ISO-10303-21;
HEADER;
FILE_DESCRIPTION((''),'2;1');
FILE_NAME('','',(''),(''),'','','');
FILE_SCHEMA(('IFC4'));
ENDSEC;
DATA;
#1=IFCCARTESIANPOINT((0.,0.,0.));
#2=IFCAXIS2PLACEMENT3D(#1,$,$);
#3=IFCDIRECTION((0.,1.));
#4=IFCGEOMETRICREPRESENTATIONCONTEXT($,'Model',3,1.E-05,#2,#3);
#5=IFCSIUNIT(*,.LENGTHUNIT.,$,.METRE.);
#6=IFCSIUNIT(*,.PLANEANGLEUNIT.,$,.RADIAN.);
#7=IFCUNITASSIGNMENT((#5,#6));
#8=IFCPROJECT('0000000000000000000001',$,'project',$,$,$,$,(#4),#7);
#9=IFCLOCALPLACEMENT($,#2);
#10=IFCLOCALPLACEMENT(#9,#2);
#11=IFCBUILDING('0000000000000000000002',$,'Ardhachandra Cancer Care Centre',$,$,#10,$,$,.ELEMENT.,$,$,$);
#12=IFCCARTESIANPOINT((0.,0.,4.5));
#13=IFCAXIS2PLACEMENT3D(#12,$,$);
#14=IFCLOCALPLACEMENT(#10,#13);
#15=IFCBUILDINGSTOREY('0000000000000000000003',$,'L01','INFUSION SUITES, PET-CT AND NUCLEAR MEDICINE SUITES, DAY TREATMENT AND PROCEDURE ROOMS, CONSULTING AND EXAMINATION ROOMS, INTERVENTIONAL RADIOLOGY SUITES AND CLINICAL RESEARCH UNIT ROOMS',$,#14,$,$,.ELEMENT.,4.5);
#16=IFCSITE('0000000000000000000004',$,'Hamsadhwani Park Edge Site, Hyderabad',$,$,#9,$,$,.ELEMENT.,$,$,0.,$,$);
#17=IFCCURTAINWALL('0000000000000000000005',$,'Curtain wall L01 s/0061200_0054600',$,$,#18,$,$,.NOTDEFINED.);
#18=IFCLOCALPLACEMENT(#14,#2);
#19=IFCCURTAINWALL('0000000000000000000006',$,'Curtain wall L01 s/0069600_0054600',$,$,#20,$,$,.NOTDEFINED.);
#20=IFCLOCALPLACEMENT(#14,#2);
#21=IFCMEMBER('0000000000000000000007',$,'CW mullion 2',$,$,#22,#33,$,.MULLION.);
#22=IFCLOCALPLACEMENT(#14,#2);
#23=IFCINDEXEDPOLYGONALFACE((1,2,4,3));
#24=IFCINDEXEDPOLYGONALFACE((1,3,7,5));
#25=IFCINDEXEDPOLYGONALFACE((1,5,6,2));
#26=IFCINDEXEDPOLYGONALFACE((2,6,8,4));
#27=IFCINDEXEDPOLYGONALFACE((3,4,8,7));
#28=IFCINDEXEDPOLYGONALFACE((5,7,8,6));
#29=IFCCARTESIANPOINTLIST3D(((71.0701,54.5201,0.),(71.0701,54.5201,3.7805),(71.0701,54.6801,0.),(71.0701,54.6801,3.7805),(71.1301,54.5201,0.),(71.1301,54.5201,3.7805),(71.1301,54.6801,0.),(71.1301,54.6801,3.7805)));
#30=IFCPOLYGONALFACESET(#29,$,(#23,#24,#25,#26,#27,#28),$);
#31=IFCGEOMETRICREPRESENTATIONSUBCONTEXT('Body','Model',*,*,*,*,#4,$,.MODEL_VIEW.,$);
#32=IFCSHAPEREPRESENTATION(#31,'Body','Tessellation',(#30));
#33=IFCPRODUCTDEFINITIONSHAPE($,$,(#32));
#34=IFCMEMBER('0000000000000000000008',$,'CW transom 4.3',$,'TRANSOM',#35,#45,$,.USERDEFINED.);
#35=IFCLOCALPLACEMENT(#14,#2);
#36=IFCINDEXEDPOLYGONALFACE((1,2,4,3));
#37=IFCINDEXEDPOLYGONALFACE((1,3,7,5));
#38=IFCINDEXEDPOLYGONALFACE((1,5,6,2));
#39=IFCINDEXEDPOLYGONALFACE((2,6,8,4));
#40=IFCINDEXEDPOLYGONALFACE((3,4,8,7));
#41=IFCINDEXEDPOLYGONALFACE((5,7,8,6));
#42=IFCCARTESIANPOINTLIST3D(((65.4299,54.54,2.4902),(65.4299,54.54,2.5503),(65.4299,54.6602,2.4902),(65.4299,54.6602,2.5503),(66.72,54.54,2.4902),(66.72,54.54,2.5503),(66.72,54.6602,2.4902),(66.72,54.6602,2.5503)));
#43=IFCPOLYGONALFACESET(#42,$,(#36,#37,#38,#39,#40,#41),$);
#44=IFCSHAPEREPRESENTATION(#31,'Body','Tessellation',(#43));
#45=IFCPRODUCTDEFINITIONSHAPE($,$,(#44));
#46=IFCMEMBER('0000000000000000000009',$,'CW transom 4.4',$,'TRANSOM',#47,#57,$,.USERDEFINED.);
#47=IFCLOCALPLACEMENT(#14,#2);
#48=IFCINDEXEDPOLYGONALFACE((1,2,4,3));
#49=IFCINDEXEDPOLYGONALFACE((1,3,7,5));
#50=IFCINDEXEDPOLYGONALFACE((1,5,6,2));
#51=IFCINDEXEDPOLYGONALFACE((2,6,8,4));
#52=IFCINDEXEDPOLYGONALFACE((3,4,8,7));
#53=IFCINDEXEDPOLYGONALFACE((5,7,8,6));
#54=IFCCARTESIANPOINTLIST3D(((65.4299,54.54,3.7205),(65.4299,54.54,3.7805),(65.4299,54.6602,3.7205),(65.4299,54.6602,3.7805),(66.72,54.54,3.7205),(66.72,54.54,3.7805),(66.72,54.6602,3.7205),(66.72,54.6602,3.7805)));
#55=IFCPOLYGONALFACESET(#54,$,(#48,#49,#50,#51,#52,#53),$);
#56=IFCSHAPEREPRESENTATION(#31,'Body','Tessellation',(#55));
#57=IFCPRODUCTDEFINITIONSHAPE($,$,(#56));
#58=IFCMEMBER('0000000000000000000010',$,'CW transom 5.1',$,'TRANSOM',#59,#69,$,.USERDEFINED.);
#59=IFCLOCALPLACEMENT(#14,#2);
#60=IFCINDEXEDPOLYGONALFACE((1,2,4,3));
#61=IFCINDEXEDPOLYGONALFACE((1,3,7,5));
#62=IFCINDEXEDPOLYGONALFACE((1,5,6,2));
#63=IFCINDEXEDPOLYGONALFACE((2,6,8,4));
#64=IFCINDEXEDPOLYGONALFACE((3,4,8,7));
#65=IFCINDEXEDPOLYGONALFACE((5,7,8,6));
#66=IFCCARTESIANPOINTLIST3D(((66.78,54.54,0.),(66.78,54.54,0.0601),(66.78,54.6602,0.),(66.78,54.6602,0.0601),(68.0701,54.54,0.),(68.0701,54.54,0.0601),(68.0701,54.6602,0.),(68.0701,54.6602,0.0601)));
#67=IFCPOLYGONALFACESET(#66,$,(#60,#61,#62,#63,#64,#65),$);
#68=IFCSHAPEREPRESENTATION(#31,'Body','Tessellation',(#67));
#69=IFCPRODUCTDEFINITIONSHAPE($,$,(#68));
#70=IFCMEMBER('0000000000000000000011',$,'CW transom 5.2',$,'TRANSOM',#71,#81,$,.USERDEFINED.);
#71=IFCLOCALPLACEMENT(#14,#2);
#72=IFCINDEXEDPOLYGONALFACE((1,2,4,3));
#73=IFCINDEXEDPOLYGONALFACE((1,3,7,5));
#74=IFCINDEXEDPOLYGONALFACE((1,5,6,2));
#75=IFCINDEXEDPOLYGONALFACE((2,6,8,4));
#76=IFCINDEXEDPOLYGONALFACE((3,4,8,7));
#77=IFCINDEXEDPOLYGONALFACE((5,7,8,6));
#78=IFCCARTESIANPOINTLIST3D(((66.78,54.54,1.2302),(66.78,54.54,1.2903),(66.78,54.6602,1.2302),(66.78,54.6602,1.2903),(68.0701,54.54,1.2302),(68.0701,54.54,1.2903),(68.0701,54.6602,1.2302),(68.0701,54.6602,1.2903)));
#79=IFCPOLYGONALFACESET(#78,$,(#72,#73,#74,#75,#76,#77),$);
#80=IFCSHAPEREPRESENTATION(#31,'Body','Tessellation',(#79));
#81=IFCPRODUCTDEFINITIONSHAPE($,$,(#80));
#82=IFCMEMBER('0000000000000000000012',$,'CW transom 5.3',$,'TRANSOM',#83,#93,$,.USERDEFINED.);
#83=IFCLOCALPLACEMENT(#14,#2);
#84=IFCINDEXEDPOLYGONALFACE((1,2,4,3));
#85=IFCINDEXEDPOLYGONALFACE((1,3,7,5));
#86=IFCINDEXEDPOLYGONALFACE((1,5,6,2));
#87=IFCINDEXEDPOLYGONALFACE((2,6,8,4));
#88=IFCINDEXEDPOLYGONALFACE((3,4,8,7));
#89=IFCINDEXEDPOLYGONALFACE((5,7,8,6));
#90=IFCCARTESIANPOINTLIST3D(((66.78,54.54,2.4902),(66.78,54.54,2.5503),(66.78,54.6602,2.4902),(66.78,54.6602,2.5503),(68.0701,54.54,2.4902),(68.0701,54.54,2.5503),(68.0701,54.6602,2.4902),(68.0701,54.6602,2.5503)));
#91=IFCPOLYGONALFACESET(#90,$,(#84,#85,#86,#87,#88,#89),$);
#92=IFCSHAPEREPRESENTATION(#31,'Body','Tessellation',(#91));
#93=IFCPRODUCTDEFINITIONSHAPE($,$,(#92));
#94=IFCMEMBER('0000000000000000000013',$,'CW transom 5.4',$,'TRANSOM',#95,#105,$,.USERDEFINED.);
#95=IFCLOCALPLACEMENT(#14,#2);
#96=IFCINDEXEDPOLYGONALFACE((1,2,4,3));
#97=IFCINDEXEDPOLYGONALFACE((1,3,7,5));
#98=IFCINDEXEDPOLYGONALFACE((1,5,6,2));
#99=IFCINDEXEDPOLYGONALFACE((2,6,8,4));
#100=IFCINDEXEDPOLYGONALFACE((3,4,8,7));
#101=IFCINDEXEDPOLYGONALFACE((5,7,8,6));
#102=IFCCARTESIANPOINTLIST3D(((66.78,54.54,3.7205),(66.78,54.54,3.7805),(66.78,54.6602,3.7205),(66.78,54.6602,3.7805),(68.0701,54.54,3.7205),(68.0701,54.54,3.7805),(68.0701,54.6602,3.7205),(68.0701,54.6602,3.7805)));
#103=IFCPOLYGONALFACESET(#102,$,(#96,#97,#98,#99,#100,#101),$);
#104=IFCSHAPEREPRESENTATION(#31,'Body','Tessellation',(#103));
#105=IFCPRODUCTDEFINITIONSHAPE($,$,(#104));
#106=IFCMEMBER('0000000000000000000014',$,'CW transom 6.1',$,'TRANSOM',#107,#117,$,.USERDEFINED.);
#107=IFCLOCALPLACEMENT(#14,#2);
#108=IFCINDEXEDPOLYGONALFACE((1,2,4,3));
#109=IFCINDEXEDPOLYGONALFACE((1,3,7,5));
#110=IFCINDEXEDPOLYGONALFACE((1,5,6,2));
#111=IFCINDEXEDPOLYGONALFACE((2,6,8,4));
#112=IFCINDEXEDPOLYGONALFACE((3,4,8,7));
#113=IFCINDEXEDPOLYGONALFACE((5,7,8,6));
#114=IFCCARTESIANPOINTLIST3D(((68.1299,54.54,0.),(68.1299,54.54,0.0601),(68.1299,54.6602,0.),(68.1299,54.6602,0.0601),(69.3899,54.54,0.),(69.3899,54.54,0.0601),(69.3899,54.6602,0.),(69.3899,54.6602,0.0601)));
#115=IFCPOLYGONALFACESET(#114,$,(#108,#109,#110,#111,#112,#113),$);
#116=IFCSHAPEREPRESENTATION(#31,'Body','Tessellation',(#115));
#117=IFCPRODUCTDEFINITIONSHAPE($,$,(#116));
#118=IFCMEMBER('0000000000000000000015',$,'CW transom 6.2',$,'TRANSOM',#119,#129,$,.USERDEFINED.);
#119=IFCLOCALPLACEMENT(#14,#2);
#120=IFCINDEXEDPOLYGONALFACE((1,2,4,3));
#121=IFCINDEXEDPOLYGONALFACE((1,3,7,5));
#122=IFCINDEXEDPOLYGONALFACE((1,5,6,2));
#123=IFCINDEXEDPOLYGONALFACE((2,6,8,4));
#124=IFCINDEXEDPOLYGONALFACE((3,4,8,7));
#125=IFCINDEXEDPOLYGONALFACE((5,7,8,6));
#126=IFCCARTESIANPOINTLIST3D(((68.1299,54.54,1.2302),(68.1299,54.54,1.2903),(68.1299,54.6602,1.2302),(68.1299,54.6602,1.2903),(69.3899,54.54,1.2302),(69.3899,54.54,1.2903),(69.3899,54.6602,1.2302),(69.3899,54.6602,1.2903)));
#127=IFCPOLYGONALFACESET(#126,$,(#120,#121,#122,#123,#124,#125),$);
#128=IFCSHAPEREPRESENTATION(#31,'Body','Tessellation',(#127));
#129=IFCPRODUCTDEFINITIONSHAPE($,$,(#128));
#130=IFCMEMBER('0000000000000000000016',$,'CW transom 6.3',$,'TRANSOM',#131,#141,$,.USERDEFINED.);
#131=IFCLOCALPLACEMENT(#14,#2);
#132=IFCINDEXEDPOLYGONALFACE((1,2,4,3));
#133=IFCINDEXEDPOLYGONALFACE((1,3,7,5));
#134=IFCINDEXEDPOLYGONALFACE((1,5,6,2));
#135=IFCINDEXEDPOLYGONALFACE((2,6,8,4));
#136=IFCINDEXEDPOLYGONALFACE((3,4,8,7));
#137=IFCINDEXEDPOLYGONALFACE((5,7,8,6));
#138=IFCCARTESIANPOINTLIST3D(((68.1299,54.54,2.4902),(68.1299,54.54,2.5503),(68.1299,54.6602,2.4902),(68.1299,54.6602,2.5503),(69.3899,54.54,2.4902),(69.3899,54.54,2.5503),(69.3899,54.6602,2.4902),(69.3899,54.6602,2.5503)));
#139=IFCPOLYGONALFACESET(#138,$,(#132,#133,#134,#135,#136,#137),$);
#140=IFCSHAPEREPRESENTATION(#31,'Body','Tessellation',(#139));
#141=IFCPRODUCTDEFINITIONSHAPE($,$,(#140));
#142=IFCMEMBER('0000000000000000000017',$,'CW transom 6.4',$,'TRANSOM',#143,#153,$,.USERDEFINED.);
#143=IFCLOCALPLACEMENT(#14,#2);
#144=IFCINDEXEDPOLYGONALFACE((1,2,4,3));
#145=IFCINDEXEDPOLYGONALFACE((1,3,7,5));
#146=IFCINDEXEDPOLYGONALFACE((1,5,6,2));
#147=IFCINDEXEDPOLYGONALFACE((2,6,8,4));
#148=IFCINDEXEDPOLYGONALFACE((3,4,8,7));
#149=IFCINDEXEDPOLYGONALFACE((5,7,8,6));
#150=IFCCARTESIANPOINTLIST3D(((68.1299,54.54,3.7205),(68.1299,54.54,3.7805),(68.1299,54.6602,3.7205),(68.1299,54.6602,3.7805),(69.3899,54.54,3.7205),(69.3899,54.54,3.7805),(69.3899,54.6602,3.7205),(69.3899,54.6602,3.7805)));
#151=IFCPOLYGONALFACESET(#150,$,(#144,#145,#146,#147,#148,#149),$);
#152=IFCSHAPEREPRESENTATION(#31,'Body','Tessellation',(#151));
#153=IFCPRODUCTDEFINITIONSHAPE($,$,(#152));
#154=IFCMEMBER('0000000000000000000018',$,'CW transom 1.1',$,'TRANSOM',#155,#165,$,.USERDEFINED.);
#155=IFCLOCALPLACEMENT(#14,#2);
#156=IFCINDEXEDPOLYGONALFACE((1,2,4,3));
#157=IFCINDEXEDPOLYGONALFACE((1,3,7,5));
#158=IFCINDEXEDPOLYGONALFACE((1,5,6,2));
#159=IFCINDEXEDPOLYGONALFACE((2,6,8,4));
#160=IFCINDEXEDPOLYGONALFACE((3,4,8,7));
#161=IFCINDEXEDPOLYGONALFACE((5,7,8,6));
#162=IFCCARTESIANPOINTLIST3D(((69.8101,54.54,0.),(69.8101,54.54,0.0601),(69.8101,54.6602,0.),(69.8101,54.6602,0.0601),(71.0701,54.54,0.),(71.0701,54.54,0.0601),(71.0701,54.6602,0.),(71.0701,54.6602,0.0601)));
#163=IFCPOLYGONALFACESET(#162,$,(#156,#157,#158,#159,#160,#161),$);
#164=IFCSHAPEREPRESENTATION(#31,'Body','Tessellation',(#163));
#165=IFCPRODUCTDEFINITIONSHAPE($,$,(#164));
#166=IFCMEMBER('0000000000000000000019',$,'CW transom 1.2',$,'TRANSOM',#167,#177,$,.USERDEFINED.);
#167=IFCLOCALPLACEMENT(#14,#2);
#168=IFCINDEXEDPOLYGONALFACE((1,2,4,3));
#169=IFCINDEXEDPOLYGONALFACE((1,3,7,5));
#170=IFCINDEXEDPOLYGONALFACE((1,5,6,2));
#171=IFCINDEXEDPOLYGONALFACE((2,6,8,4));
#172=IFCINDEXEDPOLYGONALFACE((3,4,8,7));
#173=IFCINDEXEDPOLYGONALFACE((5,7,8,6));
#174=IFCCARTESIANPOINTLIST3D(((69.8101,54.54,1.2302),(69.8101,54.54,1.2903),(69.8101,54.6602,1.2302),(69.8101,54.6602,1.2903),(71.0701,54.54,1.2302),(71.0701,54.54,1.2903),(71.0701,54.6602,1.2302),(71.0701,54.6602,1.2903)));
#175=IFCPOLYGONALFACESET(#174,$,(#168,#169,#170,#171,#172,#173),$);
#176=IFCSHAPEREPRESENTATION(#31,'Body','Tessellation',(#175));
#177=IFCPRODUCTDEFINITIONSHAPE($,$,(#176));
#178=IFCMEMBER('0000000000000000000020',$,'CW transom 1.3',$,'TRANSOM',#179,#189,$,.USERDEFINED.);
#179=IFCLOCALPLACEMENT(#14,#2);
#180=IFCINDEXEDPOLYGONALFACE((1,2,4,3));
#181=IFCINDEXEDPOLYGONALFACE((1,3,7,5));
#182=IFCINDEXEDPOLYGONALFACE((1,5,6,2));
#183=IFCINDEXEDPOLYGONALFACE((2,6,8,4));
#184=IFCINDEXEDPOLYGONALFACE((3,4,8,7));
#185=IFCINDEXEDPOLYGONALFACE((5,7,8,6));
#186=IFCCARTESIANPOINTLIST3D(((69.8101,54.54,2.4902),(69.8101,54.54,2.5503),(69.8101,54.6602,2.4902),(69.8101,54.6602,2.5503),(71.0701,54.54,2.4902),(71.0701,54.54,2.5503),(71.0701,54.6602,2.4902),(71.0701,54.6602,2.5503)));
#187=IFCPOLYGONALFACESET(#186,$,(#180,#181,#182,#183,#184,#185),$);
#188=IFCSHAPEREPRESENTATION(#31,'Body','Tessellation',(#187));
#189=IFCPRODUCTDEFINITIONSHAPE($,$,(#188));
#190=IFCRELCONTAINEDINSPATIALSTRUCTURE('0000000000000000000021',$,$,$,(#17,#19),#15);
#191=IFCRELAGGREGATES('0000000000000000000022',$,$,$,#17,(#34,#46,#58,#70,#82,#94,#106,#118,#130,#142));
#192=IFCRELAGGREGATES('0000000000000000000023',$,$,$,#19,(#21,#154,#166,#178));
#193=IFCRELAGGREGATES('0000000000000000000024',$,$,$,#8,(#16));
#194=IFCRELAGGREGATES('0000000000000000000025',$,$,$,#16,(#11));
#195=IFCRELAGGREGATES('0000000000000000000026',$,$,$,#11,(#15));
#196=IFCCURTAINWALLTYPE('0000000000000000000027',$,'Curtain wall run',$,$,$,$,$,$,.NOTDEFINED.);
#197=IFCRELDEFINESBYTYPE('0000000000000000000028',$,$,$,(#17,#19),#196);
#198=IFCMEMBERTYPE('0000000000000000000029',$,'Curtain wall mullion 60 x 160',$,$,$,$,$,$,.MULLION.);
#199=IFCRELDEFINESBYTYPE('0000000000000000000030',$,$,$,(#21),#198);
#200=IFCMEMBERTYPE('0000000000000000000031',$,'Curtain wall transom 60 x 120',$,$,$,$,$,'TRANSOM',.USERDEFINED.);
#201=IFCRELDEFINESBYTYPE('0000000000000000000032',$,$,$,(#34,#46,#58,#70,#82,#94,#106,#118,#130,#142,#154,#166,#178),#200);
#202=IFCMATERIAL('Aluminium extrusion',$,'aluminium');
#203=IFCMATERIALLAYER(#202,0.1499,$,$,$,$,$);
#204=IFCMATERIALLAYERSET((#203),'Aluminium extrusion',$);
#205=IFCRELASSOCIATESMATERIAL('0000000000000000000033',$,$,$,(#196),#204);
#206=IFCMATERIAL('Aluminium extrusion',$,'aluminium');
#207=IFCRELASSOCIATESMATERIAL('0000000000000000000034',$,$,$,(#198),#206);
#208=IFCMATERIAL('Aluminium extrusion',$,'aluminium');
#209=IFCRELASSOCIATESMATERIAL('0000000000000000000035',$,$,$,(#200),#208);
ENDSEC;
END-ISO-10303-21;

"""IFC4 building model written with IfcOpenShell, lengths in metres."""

from ifc_helpers import new_model, si_unit, direction, frame, origin, origin_2d, place, context, subcontext, project, spatial, rectangle, extrude, material, layer, layer_set, material_profile, profile_set, type_object, element, aggregate, save


model = new_model("IFC4")

# Units and contexts
model_context = context("Model", 3, precision=1e-05, world=origin(), true_north=direction((0.0, 1.0)))
body_context = subcontext(model_context, "Body", "Model", "MODEL_VIEW")
ifc_project = project(units=[si_unit("LENGTHUNIT", "METRE"), si_unit("PLANEANGLEUNIT", "RADIAN")], contexts=[model_context])

# Site, building, storey
site_placement = place(None, origin())
site = spatial("IfcSite", under=ifc_project, at=site_placement, Name="Hamsadhwani Park Edge Site, Hyderabad", CompositionType="ELEMENT", RefElevation=0.0)
building_placement = place(site_placement, origin())
building = spatial("IfcBuilding", under=site, at=building_placement, Name="Ardhachandra Cancer Care Centre", CompositionType="ELEMENT")
storey_placement = place(building_placement, frame((0.0, 0.0, 4.5)))
storey = spatial("IfcBuildingStorey", under=building, at=storey_placement, Name="L01", Description="INFUSION SUITES, PET-CT AND NUCLEAR MEDICINE SUITES, DAY TREATMENT AND PROCEDURE ROOMS, CONSULTING AND EXAMINATION ROOMS, INTERVENTIONAL RADIOLOGY SUITES AND CLINICAL RESEARCH UNIT ROOMS", CompositionType="ELEMENT", Elevation=4.5)

# Curtain walls, member
ifc_material_1 = material(Name="Aluminium extrusion", Category="aluminium")
ifc_layer_1 = layer(ifc_material_1, 0.1499)
ifc_layer_set_1 = layer_set([ifc_layer_1], Name="Aluminium extrusion")
curtain_wall_type = type_object("IfcCurtainWallType", Name="Curtain wall run", PredefinedType="NOTDEFINED", material=ifc_layer_set_1)
curtain_wall_1_placement = place(storey_placement, origin())
curtain_wall_1 = element("IfcCurtainWall", 1, at=curtain_wall_1_placement, inside=storey, type_object=curtain_wall_type, Name="Curtain wall L01 s/0061200_0054600", PredefinedType="NOTDEFINED")
ifc_material_2 = material(Name="Aluminium extrusion", Category="aluminium")
ifc_material_profile_1 = material_profile(ifc_material_2, rectangle(XDim=0.1599, YDim=0.0601, at=origin_2d()), Name="Curtain wall mullion 60 x 160")
ifc_profile_set_1 = profile_set([ifc_material_profile_1], Name="Aluminium extrusion")
member_type_1 = type_object("IfcMemberType", Name="Curtain wall mullion 60 x 160", PredefinedType="MULLION", material=ifc_profile_set_1)
curtain_wall_2_placement = place(storey_placement, origin())
curtain_wall_2 = element("IfcCurtainWall", 2, at=curtain_wall_2_placement, inside=storey, type_object=curtain_wall_type, Name="Curtain wall L01 s/0069600_0054600", PredefinedType="NOTDEFINED")
member_1_placement = place(storey_placement, frame((71.1001, 54.6001, 0.0), z_axis=(0.0, 0.0, 1.0), x_axis=(0.0, 1.0, 0.0)))
member_1 = element("IfcMember", 3, at=member_1_placement, type_object=member_type_1, Name="CW mullion 2", PredefinedType="MULLION", context=body_context, shape_type="SweptSolid", body=[
    extrude(rectangle(XDim=0.1599, YDim=0.0601, at=origin_2d()), origin(), (0.0, 0.0, 1.0), 3.7805),
])

# Members
ifc_material_3 = material(Name="Aluminium extrusion", Category="aluminium")
ifc_material_profile_2 = material_profile(ifc_material_3, rectangle(XDim=0.1201, YDim=0.0601, at=origin_2d()), Name="Curtain wall transom 60 x 120")
ifc_profile_set_2 = profile_set([ifc_material_profile_2], Name="Aluminium extrusion")
member_type_2 = type_object("IfcMemberType", Name="Curtain wall transom 60 x 120", ElementType="TRANSOM", PredefinedType="USERDEFINED", material=ifc_profile_set_2)
member_2_placement = place(storey_placement, frame((65.4299, 54.6001, 2.5203), z_axis=(1.0, 0.0, 0.0), x_axis=(0.0, 1.0, 0.0)))
member_2 = element("IfcMember", 4, at=member_2_placement, type_object=member_type_2, Name="CW transom 4.3", ObjectType="TRANSOM", PredefinedType="USERDEFINED", context=body_context, shape_type="SweptSolid", body=[
    extrude(rectangle(XDim=0.1201, YDim=0.0601, at=origin_2d()), origin(), (0.0, 0.0, 1.0), 1.29),
])
member_3_placement = place(storey_placement, frame((65.4299, 54.6001, 3.7505), z_axis=(1.0, 0.0, 0.0), x_axis=(0.0, 1.0, 0.0)))
member_3 = element("IfcMember", 5, at=member_3_placement, type_object=member_type_2, Name="CW transom 4.4", ObjectType="TRANSOM", PredefinedType="USERDEFINED", context=body_context, shape_type="SweptSolid", body=[
    extrude(rectangle(XDim=0.1201, YDim=0.0601, at=origin_2d()), origin(), (0.0, 0.0, 1.0), 1.29),
])
member_4_placement = place(storey_placement, frame((66.78, 54.6001, 0.03), z_axis=(1.0, 0.0, 0.0), x_axis=(0.0, 1.0, 0.0)))
member_4 = element("IfcMember", 6, at=member_4_placement, type_object=member_type_2, Name="CW transom 5.1", ObjectType="TRANSOM", PredefinedType="USERDEFINED", context=body_context, shape_type="SweptSolid", body=[
    extrude(rectangle(XDim=0.1201, YDim=0.0601, at=origin_2d()), origin(), (0.0, 0.0, 1.0), 1.29),
])
member_5_placement = place(storey_placement, frame((66.78, 54.6001, 1.2603), z_axis=(1.0, 0.0, 0.0), x_axis=(0.0, 1.0, 0.0)))
member_5 = element("IfcMember", 7, at=member_5_placement, type_object=member_type_2, Name="CW transom 5.2", ObjectType="TRANSOM", PredefinedType="USERDEFINED", context=body_context, shape_type="SweptSolid", body=[
    extrude(rectangle(XDim=0.1201, YDim=0.0601, at=origin_2d()), origin(), (0.0, 0.0, 1.0), 1.29),
])
member_6_placement = place(storey_placement, frame((66.78, 54.6001, 2.5203), z_axis=(1.0, 0.0, 0.0), x_axis=(0.0, 1.0, 0.0)))
member_6 = element("IfcMember", 8, at=member_6_placement, type_object=member_type_2, Name="CW transom 5.3", ObjectType="TRANSOM", PredefinedType="USERDEFINED", context=body_context, shape_type="SweptSolid", body=[
    extrude(rectangle(XDim=0.1201, YDim=0.0601, at=origin_2d()), origin(), (0.0, 0.0, 1.0), 1.29),
])
member_7_placement = place(storey_placement, frame((66.78, 54.6001, 3.7505), z_axis=(1.0, 0.0, 0.0), x_axis=(0.0, 1.0, 0.0)))
member_7 = element("IfcMember", 9, at=member_7_placement, type_object=member_type_2, Name="CW transom 5.4", ObjectType="TRANSOM", PredefinedType="USERDEFINED", context=body_context, shape_type="SweptSolid", body=[
    extrude(rectangle(XDim=0.1201, YDim=0.0601, at=origin_2d()), origin(), (0.0, 0.0, 1.0), 1.29),
])
member_8_placement = place(storey_placement, frame((68.1299, 54.6001, 0.03), z_axis=(1.0, 0.0, 0.0), x_axis=(0.0, 1.0, 0.0)))
member_8 = element("IfcMember", 10, at=member_8_placement, type_object=member_type_2, Name="CW transom 6.1", ObjectType="TRANSOM", PredefinedType="USERDEFINED", context=body_context, shape_type="SweptSolid", body=[
    extrude(rectangle(XDim=0.1201, YDim=0.0601, at=origin_2d()), origin(), (0.0, 0.0, 1.0), 1.26),
])
member_9_placement = place(storey_placement, frame((68.1299, 54.6001, 1.2603), z_axis=(1.0, 0.0, 0.0), x_axis=(0.0, 1.0, 0.0)))
member_9 = element("IfcMember", 11, at=member_9_placement, type_object=member_type_2, Name="CW transom 6.2", ObjectType="TRANSOM", PredefinedType="USERDEFINED", context=body_context, shape_type="SweptSolid", body=[
    extrude(rectangle(XDim=0.1201, YDim=0.0601, at=origin_2d()), origin(), (0.0, 0.0, 1.0), 1.26),
])
member_10_placement = place(storey_placement, frame((68.1299, 54.6001, 2.5203), z_axis=(1.0, 0.0, 0.0), x_axis=(0.0, 1.0, 0.0)))
member_10 = element("IfcMember", 12, at=member_10_placement, type_object=member_type_2, Name="CW transom 6.3", ObjectType="TRANSOM", PredefinedType="USERDEFINED", context=body_context, shape_type="SweptSolid", body=[
    extrude(rectangle(XDim=0.1201, YDim=0.0601, at=origin_2d()), origin(), (0.0, 0.0, 1.0), 1.26),
])
member_11_placement = place(storey_placement, frame((68.1299, 54.6001, 3.7505), z_axis=(1.0, 0.0, 0.0), x_axis=(0.0, 1.0, 0.0)))
member_11 = element("IfcMember", 13, at=member_11_placement, type_object=member_type_2, Name="CW transom 6.4", ObjectType="TRANSOM", PredefinedType="USERDEFINED", context=body_context, shape_type="SweptSolid", body=[
    extrude(rectangle(XDim=0.1201, YDim=0.0601, at=origin_2d()), origin(), (0.0, 0.0, 1.0), 1.26),
])
member_12_placement = place(storey_placement, frame((69.8101, 54.6001, 0.03), z_axis=(1.0, 0.0, 0.0), x_axis=(0.0, 1.0, 0.0)))
member_12 = element("IfcMember", 14, at=member_12_placement, type_object=member_type_2, Name="CW transom 1.1", ObjectType="TRANSOM", PredefinedType="USERDEFINED", context=body_context, shape_type="SweptSolid", body=[
    extrude(rectangle(XDim=0.1201, YDim=0.0601, at=origin_2d()), origin(), (0.0, 0.0, 1.0), 1.26),
])
member_13_placement = place(storey_placement, frame((69.8101, 54.6001, 1.2603), z_axis=(1.0, 0.0, 0.0), x_axis=(0.0, 1.0, 0.0)))
member_13 = element("IfcMember", 15, at=member_13_placement, type_object=member_type_2, Name="CW transom 1.2", ObjectType="TRANSOM", PredefinedType="USERDEFINED", context=body_context, shape_type="SweptSolid", body=[
    extrude(rectangle(XDim=0.1201, YDim=0.0601, at=origin_2d()), origin(), (0.0, 0.0, 1.0), 1.26),
])
member_14_placement = place(storey_placement, frame((69.8101, 54.6001, 2.5203), z_axis=(1.0, 0.0, 0.0), x_axis=(0.0, 1.0, 0.0)))
member_14 = element("IfcMember", 16, at=member_14_placement, type_object=member_type_2, Name="CW transom 1.3", ObjectType="TRANSOM", PredefinedType="USERDEFINED", context=body_context, shape_type="SweptSolid", body=[
    extrude(rectangle(XDim=0.1201, YDim=0.0601, at=origin_2d()), origin(), (0.0, 0.0, 1.0), 1.26),
])

aggregate(curtain_wall_1, [member_2, member_3, member_4, member_5, member_6, member_7, member_8, member_9, member_10, member_11])
aggregate(curtain_wall_2, [member_1, member_12, member_13, member_14])

save(model, "model.ifc")
